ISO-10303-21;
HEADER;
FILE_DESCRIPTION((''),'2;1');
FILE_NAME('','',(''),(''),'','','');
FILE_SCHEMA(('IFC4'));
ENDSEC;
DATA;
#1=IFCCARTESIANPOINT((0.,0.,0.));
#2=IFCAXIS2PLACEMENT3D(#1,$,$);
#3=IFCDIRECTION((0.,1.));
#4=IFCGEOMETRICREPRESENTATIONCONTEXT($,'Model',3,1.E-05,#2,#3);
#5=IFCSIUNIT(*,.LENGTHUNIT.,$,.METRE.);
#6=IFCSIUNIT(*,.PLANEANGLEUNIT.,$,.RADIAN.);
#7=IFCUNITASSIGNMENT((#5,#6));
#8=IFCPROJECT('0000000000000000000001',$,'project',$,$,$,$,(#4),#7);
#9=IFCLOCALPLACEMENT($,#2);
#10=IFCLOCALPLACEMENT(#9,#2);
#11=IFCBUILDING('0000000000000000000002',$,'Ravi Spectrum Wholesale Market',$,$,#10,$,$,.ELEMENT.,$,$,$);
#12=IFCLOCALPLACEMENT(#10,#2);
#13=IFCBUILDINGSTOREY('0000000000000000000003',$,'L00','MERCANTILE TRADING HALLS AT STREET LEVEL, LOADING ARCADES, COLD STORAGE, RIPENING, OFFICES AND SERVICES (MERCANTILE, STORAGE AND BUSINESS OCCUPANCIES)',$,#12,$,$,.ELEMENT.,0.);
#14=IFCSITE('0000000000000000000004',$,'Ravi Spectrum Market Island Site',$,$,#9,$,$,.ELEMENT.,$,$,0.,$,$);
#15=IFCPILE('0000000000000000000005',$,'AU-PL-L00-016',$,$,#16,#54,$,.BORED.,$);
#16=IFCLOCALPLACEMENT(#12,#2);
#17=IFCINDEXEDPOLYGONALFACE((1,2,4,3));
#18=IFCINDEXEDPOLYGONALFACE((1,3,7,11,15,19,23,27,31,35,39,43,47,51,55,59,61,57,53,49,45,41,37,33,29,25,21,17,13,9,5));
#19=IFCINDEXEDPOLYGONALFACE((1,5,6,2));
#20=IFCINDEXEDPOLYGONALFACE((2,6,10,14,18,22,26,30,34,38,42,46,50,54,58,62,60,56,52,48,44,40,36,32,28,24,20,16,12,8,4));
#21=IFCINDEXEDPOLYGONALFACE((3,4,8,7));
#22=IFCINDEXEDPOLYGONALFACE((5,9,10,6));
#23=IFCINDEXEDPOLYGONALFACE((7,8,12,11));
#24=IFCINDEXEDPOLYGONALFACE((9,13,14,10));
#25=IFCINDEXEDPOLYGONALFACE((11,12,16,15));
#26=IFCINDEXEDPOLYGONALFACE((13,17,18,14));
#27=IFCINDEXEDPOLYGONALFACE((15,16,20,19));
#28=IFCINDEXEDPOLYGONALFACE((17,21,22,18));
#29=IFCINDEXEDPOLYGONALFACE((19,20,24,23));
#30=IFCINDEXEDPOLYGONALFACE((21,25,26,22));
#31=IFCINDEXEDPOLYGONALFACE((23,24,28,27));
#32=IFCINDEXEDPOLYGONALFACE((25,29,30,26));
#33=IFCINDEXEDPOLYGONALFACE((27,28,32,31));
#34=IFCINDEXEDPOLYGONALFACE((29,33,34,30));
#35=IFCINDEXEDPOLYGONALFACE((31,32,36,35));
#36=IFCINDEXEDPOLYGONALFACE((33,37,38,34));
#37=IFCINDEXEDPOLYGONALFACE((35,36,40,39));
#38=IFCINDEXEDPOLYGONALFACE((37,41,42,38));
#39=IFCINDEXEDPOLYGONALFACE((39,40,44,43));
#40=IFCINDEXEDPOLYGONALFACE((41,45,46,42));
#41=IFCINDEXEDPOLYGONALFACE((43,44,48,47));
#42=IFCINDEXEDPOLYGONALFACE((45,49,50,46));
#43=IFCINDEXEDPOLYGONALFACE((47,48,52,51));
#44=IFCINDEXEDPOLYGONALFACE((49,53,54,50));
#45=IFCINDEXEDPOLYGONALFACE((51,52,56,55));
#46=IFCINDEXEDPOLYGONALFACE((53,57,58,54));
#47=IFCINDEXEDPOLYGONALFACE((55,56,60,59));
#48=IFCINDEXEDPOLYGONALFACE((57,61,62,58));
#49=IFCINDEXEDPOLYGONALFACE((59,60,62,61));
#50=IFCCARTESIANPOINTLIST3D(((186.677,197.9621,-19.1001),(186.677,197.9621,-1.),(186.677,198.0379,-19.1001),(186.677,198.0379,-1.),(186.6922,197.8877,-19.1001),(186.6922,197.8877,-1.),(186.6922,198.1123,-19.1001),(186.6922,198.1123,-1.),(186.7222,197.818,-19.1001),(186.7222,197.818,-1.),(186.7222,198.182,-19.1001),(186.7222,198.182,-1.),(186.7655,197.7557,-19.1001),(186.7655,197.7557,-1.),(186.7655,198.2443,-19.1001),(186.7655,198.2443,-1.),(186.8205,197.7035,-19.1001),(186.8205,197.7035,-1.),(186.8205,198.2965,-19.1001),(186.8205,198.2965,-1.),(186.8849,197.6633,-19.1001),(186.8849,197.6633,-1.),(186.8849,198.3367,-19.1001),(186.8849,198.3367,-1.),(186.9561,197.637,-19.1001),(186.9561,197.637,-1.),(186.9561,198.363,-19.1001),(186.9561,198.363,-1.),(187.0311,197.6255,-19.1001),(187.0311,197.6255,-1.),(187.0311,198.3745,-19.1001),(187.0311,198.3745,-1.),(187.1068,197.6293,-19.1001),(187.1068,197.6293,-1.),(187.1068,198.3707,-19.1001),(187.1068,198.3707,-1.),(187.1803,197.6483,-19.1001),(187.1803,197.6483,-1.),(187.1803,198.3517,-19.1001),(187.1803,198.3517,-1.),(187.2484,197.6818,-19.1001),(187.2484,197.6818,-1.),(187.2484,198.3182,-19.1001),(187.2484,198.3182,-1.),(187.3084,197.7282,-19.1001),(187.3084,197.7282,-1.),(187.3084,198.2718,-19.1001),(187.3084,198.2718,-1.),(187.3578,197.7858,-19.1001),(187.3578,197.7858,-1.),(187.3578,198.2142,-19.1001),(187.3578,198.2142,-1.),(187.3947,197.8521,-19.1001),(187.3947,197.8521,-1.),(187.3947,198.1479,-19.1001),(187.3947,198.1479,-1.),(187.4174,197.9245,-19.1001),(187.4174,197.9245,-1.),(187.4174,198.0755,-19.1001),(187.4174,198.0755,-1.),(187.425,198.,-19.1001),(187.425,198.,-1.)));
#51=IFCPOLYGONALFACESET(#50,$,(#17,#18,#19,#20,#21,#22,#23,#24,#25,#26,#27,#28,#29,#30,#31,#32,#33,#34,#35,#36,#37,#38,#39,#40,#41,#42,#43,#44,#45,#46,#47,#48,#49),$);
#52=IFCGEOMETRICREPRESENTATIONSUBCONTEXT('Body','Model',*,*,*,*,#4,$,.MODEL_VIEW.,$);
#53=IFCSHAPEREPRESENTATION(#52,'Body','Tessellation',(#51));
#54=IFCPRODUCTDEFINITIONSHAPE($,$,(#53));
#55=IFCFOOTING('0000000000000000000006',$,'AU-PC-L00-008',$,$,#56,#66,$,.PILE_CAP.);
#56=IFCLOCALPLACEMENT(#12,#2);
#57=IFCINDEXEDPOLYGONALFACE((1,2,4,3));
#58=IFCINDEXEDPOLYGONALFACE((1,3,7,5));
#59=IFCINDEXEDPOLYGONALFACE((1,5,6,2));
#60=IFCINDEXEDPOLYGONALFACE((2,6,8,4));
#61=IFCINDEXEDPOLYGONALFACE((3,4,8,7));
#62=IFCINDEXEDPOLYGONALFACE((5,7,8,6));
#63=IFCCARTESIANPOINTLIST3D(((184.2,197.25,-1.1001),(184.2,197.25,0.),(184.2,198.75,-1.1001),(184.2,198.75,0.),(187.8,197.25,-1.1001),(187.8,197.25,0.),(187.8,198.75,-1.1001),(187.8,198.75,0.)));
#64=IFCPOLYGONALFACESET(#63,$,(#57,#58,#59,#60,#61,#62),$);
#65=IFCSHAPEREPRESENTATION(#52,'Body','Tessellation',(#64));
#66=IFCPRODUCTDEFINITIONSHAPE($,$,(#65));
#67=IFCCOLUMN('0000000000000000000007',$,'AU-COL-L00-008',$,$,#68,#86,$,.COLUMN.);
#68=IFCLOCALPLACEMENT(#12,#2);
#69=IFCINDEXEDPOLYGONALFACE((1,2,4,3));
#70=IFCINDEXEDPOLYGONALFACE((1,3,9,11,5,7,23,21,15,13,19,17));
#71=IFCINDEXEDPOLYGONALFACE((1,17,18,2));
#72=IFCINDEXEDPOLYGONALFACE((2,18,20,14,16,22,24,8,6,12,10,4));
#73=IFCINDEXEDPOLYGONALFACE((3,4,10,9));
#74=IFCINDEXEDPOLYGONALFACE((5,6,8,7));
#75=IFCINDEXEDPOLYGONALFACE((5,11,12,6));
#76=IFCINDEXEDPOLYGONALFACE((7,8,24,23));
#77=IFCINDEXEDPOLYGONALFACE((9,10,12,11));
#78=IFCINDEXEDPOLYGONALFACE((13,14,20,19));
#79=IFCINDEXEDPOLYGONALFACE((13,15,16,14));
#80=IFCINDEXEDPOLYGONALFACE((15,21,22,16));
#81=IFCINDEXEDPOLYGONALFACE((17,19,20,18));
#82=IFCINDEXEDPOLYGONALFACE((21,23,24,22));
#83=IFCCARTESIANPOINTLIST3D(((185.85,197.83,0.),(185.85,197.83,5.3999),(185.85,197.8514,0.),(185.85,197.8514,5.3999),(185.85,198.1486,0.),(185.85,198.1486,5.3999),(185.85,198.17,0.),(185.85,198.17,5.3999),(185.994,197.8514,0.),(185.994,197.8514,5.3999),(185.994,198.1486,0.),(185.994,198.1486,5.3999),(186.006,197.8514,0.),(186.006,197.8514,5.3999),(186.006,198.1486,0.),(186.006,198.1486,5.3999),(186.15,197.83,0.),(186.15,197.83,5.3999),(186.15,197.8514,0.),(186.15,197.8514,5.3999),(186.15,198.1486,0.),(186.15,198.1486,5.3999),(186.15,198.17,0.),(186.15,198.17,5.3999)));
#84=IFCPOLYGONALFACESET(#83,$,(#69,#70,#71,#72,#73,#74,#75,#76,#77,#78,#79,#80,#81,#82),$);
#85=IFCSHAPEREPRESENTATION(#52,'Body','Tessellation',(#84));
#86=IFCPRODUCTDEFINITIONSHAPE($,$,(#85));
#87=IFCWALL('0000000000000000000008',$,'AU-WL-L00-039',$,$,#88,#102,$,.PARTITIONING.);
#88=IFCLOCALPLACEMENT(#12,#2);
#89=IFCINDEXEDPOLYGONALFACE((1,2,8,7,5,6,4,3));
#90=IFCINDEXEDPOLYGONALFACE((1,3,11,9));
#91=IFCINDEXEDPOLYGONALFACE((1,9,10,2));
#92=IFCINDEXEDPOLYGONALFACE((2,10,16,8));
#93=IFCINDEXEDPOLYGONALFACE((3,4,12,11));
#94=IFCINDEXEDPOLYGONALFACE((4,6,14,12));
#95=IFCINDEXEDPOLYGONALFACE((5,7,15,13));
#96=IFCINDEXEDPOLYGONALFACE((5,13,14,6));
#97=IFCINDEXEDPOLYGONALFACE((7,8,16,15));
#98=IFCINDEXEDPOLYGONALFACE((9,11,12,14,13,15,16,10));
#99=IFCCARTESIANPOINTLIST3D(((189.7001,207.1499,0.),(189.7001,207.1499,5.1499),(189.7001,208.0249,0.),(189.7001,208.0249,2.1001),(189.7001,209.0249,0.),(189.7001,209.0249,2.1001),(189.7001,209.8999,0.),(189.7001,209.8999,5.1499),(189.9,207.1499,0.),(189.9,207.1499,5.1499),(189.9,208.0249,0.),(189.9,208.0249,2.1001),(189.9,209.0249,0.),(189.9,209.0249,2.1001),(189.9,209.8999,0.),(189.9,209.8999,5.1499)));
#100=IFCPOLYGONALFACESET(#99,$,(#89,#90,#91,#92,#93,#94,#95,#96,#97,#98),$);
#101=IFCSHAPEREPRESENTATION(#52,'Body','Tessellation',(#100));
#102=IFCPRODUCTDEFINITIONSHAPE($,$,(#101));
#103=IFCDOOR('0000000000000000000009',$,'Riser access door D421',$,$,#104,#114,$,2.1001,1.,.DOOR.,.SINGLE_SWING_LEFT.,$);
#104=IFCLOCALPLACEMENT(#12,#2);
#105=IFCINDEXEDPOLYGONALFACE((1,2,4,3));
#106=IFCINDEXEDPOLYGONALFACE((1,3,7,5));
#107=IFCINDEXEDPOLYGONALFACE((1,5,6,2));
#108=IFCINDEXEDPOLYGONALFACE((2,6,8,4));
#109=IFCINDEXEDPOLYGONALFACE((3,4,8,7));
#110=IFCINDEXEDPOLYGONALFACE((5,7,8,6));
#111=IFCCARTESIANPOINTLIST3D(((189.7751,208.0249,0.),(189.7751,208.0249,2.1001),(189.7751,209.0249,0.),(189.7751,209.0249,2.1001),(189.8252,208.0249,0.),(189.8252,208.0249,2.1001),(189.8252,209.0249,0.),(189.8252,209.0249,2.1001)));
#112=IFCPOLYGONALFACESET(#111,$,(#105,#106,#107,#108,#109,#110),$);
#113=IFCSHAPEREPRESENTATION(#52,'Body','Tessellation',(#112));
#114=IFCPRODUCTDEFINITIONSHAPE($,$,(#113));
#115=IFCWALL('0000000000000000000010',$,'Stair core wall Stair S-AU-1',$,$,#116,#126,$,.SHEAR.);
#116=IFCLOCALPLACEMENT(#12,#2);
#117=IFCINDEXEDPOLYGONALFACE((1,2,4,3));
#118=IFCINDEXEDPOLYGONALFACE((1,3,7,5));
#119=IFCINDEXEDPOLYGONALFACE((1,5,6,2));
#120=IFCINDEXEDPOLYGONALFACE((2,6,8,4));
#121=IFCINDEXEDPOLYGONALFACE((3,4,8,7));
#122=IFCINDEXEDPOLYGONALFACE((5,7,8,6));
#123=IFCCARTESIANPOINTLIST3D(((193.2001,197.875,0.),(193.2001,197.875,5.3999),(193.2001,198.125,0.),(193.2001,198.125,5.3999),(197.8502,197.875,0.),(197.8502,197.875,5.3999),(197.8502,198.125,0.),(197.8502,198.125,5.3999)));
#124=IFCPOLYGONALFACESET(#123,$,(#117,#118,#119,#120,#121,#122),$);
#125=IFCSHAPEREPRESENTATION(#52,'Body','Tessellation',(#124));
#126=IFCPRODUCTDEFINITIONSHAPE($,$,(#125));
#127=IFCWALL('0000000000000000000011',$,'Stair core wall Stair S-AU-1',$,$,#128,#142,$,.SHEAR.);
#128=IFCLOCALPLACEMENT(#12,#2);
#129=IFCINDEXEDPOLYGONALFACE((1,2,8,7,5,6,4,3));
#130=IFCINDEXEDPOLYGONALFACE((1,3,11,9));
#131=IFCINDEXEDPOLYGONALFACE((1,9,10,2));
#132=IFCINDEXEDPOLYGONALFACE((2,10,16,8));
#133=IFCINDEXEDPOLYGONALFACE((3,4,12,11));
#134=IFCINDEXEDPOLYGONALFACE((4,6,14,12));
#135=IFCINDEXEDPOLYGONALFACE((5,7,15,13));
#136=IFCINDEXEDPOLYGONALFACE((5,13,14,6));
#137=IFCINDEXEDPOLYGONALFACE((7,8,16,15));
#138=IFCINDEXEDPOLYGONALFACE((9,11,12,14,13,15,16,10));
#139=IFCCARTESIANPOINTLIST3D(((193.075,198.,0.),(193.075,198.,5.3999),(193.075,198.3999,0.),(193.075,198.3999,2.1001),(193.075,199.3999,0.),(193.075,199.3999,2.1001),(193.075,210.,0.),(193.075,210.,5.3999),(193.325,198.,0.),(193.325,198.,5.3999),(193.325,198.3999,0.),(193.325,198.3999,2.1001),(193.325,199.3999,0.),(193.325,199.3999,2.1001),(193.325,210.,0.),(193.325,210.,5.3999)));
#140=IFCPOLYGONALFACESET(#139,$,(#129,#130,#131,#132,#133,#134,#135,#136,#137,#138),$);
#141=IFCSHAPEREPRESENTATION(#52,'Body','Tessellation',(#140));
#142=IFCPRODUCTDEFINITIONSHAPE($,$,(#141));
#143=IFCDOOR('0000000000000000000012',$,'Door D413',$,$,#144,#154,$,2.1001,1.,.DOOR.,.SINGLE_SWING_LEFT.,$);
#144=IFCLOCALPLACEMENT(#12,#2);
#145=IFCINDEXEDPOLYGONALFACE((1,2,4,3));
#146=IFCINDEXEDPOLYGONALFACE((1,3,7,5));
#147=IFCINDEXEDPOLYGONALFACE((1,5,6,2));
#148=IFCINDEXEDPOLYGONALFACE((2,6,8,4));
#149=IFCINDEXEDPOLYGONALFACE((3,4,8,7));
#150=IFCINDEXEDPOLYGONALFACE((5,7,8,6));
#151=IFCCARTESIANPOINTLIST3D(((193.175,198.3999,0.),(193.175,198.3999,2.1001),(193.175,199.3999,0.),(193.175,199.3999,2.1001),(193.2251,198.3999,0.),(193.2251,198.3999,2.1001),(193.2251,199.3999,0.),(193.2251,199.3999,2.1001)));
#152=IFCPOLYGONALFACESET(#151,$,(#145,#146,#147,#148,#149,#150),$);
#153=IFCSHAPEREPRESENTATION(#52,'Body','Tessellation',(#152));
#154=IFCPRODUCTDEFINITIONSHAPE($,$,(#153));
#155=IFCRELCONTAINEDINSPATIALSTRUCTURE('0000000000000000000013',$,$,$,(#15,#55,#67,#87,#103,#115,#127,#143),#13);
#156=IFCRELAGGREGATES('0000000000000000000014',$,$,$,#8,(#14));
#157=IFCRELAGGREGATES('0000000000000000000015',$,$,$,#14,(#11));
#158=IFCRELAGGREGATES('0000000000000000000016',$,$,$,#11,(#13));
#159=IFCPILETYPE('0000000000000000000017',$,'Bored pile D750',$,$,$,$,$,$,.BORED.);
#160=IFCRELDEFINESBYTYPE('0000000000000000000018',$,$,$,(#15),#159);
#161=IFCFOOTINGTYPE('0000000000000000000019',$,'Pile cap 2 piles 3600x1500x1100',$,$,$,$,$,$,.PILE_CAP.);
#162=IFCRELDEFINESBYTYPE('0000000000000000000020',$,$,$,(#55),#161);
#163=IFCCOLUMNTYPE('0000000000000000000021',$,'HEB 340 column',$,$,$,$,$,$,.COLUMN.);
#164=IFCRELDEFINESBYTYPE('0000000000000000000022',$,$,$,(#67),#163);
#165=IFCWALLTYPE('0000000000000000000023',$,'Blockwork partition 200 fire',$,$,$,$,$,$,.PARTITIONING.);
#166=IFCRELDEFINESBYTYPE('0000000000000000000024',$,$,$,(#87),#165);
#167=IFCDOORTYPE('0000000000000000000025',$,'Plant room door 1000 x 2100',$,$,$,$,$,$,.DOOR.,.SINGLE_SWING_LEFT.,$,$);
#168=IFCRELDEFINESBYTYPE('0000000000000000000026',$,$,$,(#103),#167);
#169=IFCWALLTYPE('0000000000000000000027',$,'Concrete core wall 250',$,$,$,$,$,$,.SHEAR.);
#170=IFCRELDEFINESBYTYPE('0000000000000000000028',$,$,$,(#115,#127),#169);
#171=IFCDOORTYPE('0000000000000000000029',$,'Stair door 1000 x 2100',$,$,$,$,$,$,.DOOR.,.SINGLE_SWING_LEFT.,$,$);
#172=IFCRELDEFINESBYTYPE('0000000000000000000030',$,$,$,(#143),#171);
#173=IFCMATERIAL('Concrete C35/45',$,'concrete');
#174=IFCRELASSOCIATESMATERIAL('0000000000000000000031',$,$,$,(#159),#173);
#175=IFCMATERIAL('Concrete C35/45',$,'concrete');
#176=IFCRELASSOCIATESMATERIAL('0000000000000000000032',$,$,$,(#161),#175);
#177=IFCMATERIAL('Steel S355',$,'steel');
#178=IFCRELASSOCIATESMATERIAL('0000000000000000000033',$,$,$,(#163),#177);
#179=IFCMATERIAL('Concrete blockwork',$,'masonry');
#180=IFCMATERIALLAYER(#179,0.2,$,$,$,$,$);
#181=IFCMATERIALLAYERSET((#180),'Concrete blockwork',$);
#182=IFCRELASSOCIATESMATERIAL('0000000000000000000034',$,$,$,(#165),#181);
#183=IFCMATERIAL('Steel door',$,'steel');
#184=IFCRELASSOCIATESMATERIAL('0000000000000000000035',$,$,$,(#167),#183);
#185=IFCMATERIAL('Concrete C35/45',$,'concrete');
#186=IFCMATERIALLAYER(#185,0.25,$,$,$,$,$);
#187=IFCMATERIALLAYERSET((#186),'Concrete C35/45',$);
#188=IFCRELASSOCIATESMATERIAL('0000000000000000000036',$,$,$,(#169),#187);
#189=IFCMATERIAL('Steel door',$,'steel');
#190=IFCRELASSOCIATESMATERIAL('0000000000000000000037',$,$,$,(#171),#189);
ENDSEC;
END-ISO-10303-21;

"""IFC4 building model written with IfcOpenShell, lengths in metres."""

from ifc_helpers import new_model, si_unit, direction, frame, frame_2d, origin, origin_2d, place, context, subcontext, project, spatial, rectangle, circle, i_section, extrude, material, layer, layer_set, material_profile, profile_set, type_object, element, fill, save


model = new_model("IFC4")

# Units and contexts
model_context = context("Model", 3, precision=1e-05, world=origin(), true_north=direction((0.0, 1.0)))
body_context = subcontext(model_context, "Body", "Model", "MODEL_VIEW")
ifc_project = project(units=[si_unit("LENGTHUNIT", "METRE"), si_unit("PLANEANGLEUNIT", "RADIAN")], contexts=[model_context])

# Site, building, storey
site_placement = place(None, origin())
site = spatial("IfcSite", under=ifc_project, at=site_placement, Name="Ravi Spectrum Market Island Site", CompositionType="ELEMENT", RefElevation=0.0)
building_placement = place(site_placement, origin())
building = spatial("IfcBuilding", under=site, at=building_placement, Name="Ravi Spectrum Wholesale Market", CompositionType="ELEMENT")
storey_placement = place(building_placement, origin())
storey = spatial("IfcBuildingStorey", under=building, at=storey_placement, Name="L00", Description="MERCANTILE TRADING HALLS AT STREET LEVEL, LOADING ARCADES, COLD STORAGE, RIPENING, OFFICES AND SERVICES (MERCANTILE, STORAGE AND BUSINESS OCCUPANCIES)", CompositionType="ELEMENT", Elevation=0.0)

# Pile
ifc_material_1 = material(Name="Concrete C35/45", Category="concrete")
ifc_material_profile_1 = material_profile(ifc_material_1, circle(Radius=0.375, at=origin_2d()))
ifc_profile_set_1 = profile_set([ifc_material_profile_1], Name="Concrete C35/45")
pile_type = type_object("IfcPileType", Name="Bored pile D750", PredefinedType="BORED", material=ifc_profile_set_1)
pile_placement = place(storey_placement, frame((187.05, 198.0, -1.0), z_axis=(0.0, 0.0, -1.0), x_axis=(1.0, 0.0, 0.0)))
element("IfcPile", 1, at=pile_placement, inside=storey, type_object=pile_type, Name="AU-PL-L00-016", PredefinedType="BORED", context=body_context, shape_type="SweptSolid", body=[
    extrude(circle(Radius=0.375, at=origin_2d()), origin(), (0.0, 0.0, 1.0), 18.1001),
])

# Footing
ifc_material_2 = material(Name="Concrete C35/45", Category="concrete")
footing_type = type_object("IfcFootingType", Name="Pile cap 2 piles 3600x1500x1100", PredefinedType="PILE_CAP", material=ifc_material_2)
footing_placement = place(storey_placement, frame((186.0, 198.0, -1.1001), z_axis=(0.0, 0.0, 1.0), x_axis=(1.0, 0.0, 0.0)))
element("IfcFooting", 2, at=footing_placement, inside=storey, type_object=footing_type, Name="AU-PC-L00-008", PredefinedType="PILE_CAP", context=body_context, shape_type="SweptSolid", body=[
    extrude(rectangle(XDim=3.6001, YDim=1.5, at=origin_2d()), origin(), (0.0, 0.0, 1.0), 1.1001),
])

# Column
ifc_material_3 = material(Name="Steel S355", Category="steel")
ifc_material_profile_2 = material_profile(ifc_material_3, i_section(OverallWidth=0.3, OverallDepth=0.3401, WebThickness=0.012, FlangeThickness=0.0215, at=origin_2d()))
ifc_profile_set_2 = profile_set([ifc_material_profile_2], Name="Steel S355")
column_type = type_object("IfcColumnType", Name="HEB 340 column", PredefinedType="COLUMN", material=ifc_profile_set_2)
column_placement = place(storey_placement, frame((186.0, 198.0, 0.0), z_axis=(0.0, 0.0, 1.0), x_axis=(1.0, 0.0, 0.0)))
element("IfcColumn", 3, at=column_placement, inside=storey, type_object=column_type, Name="AU-COL-L00-008", PredefinedType="COLUMN", context=body_context, shape_type="SweptSolid", body=[
    extrude(i_section(OverallWidth=0.3, OverallDepth=0.3401, WebThickness=0.012, FlangeThickness=0.0215, at=origin_2d()), origin(), (0.0, 0.0, 1.0), 5.3999),
])

# Wall, opening, door
ifc_material_4 = material(Name="Concrete blockwork", Category="masonry")
ifc_layer_1 = layer(ifc_material_4, 0.2)
ifc_layer_set_1 = layer_set([ifc_layer_1], Name="Concrete blockwork")
wall_type_1 = type_object("IfcWallType", Name="Blockwork partition 200 fire", PredefinedType="PARTITIONING", material=ifc_layer_set_1)
wall_1_placement = place(storey_placement, frame((189.8, 207.1499, 0.0), z_axis=(0.0, 0.0, 1.0), x_axis=(0.0, 1.0, 0.0)))
wall_1 = element("IfcWall", 4, at=wall_1_placement, inside=storey, type_object=wall_type_1, Name="AU-WL-L00-039", PredefinedType="PARTITIONING", context=body_context, shape_type="SweptSolid", body=[
    extrude(rectangle(XDim=2.75, YDim=0.2, at=frame_2d((1.375, 0.0))), origin(), (0.0, 0.0, 1.0), 5.1499),
])
opening_1_placement = place(wall_1_placement, frame((0.875, 0.0, 0.0)))
opening_1 = element("IfcOpeningElement", 5, at=opening_1_placement, cuts=wall_1, PredefinedType="OPENING", context=body_context, shape_type="SweptSolid", body=[
    extrude(rectangle(XDim=1.0, YDim=2.1001, at=frame_2d((0.5, 1.05))), frame((0.0, 0.1099, 0.0), z_axis=(0.0, -1.0, 0.0), x_axis=(1.0, 0.0, 0.0)), (0.0, 0.0, 1.0), 0.22),
])
ifc_material_5 = material(Name="Steel door", Category="steel")
door_type_1 = type_object("IfcDoorType", Name="Plant room door 1000 x 2100", OperationType="SINGLE_SWING_LEFT", PredefinedType="DOOR", material=ifc_material_5)
door_1_placement = place(opening_1_placement, origin())
door_1 = element("IfcDoor", 6, at=door_1_placement, inside=storey, type_object=door_type_1, Name="Riser access door D421", OperationType="SINGLE_SWING_LEFT", OverallHeight=2.1001, OverallWidth=1.0, PredefinedType="DOOR", context=body_context, shape_type="SweptSolid", body=[
    extrude(rectangle(XDim=1.0, YDim=2.1001, at=frame_2d((0.5, 1.05))), frame((0.0, 0.0249, 0.0), z_axis=(0.0, -1.0, 0.0), x_axis=(1.0, 0.0, 0.0)), (0.0, 0.0, 1.0), 0.05),
])
fill(opening_1, door_1)

# Wall
ifc_material_6 = material(Name="Concrete C35/45", Category="concrete")
ifc_layer_2 = layer(ifc_material_6, 0.25)
ifc_layer_set_2 = layer_set([ifc_layer_2], Name="Concrete C35/45")
wall_type_2 = type_object("IfcWallType", Name="Concrete core wall 250", PredefinedType="SHEAR", material=ifc_layer_set_2)
wall_2_placement = place(storey_placement, frame((193.2, 198.0, 0.0), z_axis=(0.0, 0.0, 1.0), x_axis=(1.0, 0.0, 0.0)))
element("IfcWall", 7, at=wall_2_placement, inside=storey, type_object=wall_type_2, Name="Stair core wall Stair S-AU-1", PredefinedType="SHEAR", context=body_context, shape_type="SweptSolid", body=[
    extrude(rectangle(XDim=4.6501, YDim=0.25, at=frame_2d((2.3252, 0.0))), origin(), (0.0, 0.0, 1.0), 5.3999),
])

# Wall, opening, door
wall_3_placement = place(storey_placement, frame((193.2, 198.0, 0.0), z_axis=(0.0, 0.0, 1.0), x_axis=(0.0, 1.0, 0.0)))
wall_3 = element("IfcWall", 8, at=wall_3_placement, inside=storey, type_object=wall_type_2, Name="Stair core wall Stair S-AU-1", PredefinedType="SHEAR", context=body_context, shape_type="SweptSolid", body=[
    extrude(rectangle(XDim=12.0, YDim=0.25, at=frame_2d((6.0, 0.0))), origin(), (0.0, 0.0, 1.0), 5.3999),
])
opening_2_placement = place(wall_3_placement, frame((0.3999, 0.0, 0.0)))
opening_2 = element("IfcOpeningElement", 9, at=opening_2_placement, cuts=wall_3, PredefinedType="OPENING", context=body_context, shape_type="SweptSolid", body=[
    extrude(rectangle(XDim=1.0, YDim=2.1001, at=frame_2d((0.5, 1.05))), frame((0.0, 0.135, 0.0), z_axis=(0.0, -1.0, 0.0), x_axis=(1.0, 0.0, 0.0)), (0.0, 0.0, 1.0), 0.27),
])
ifc_material_7 = material(Name="Steel door", Category="steel")
door_type_2 = type_object("IfcDoorType", Name="Stair door 1000 x 2100", OperationType="SINGLE_SWING_LEFT", PredefinedType="DOOR", material=ifc_material_7)
door_2_placement = place(opening_2_placement, origin())
door_2 = element("IfcDoor", 10, at=door_2_placement, inside=storey, type_object=door_type_2, Name="Door D413", OperationType="SINGLE_SWING_LEFT", OverallHeight=2.1001, OverallWidth=1.0, PredefinedType="DOOR", context=body_context, shape_type="SweptSolid", body=[
    extrude(rectangle(XDim=1.0, YDim=2.1001, at=frame_2d((0.5, 1.05))), frame((0.0, 0.0249, 0.0), z_axis=(0.0, -1.0, 0.0), x_axis=(1.0, 0.0, 0.0)), (0.0, 0.0, 1.0), 0.05),
])
fill(opening_2, door_2)

save(model, "model.ifc")
